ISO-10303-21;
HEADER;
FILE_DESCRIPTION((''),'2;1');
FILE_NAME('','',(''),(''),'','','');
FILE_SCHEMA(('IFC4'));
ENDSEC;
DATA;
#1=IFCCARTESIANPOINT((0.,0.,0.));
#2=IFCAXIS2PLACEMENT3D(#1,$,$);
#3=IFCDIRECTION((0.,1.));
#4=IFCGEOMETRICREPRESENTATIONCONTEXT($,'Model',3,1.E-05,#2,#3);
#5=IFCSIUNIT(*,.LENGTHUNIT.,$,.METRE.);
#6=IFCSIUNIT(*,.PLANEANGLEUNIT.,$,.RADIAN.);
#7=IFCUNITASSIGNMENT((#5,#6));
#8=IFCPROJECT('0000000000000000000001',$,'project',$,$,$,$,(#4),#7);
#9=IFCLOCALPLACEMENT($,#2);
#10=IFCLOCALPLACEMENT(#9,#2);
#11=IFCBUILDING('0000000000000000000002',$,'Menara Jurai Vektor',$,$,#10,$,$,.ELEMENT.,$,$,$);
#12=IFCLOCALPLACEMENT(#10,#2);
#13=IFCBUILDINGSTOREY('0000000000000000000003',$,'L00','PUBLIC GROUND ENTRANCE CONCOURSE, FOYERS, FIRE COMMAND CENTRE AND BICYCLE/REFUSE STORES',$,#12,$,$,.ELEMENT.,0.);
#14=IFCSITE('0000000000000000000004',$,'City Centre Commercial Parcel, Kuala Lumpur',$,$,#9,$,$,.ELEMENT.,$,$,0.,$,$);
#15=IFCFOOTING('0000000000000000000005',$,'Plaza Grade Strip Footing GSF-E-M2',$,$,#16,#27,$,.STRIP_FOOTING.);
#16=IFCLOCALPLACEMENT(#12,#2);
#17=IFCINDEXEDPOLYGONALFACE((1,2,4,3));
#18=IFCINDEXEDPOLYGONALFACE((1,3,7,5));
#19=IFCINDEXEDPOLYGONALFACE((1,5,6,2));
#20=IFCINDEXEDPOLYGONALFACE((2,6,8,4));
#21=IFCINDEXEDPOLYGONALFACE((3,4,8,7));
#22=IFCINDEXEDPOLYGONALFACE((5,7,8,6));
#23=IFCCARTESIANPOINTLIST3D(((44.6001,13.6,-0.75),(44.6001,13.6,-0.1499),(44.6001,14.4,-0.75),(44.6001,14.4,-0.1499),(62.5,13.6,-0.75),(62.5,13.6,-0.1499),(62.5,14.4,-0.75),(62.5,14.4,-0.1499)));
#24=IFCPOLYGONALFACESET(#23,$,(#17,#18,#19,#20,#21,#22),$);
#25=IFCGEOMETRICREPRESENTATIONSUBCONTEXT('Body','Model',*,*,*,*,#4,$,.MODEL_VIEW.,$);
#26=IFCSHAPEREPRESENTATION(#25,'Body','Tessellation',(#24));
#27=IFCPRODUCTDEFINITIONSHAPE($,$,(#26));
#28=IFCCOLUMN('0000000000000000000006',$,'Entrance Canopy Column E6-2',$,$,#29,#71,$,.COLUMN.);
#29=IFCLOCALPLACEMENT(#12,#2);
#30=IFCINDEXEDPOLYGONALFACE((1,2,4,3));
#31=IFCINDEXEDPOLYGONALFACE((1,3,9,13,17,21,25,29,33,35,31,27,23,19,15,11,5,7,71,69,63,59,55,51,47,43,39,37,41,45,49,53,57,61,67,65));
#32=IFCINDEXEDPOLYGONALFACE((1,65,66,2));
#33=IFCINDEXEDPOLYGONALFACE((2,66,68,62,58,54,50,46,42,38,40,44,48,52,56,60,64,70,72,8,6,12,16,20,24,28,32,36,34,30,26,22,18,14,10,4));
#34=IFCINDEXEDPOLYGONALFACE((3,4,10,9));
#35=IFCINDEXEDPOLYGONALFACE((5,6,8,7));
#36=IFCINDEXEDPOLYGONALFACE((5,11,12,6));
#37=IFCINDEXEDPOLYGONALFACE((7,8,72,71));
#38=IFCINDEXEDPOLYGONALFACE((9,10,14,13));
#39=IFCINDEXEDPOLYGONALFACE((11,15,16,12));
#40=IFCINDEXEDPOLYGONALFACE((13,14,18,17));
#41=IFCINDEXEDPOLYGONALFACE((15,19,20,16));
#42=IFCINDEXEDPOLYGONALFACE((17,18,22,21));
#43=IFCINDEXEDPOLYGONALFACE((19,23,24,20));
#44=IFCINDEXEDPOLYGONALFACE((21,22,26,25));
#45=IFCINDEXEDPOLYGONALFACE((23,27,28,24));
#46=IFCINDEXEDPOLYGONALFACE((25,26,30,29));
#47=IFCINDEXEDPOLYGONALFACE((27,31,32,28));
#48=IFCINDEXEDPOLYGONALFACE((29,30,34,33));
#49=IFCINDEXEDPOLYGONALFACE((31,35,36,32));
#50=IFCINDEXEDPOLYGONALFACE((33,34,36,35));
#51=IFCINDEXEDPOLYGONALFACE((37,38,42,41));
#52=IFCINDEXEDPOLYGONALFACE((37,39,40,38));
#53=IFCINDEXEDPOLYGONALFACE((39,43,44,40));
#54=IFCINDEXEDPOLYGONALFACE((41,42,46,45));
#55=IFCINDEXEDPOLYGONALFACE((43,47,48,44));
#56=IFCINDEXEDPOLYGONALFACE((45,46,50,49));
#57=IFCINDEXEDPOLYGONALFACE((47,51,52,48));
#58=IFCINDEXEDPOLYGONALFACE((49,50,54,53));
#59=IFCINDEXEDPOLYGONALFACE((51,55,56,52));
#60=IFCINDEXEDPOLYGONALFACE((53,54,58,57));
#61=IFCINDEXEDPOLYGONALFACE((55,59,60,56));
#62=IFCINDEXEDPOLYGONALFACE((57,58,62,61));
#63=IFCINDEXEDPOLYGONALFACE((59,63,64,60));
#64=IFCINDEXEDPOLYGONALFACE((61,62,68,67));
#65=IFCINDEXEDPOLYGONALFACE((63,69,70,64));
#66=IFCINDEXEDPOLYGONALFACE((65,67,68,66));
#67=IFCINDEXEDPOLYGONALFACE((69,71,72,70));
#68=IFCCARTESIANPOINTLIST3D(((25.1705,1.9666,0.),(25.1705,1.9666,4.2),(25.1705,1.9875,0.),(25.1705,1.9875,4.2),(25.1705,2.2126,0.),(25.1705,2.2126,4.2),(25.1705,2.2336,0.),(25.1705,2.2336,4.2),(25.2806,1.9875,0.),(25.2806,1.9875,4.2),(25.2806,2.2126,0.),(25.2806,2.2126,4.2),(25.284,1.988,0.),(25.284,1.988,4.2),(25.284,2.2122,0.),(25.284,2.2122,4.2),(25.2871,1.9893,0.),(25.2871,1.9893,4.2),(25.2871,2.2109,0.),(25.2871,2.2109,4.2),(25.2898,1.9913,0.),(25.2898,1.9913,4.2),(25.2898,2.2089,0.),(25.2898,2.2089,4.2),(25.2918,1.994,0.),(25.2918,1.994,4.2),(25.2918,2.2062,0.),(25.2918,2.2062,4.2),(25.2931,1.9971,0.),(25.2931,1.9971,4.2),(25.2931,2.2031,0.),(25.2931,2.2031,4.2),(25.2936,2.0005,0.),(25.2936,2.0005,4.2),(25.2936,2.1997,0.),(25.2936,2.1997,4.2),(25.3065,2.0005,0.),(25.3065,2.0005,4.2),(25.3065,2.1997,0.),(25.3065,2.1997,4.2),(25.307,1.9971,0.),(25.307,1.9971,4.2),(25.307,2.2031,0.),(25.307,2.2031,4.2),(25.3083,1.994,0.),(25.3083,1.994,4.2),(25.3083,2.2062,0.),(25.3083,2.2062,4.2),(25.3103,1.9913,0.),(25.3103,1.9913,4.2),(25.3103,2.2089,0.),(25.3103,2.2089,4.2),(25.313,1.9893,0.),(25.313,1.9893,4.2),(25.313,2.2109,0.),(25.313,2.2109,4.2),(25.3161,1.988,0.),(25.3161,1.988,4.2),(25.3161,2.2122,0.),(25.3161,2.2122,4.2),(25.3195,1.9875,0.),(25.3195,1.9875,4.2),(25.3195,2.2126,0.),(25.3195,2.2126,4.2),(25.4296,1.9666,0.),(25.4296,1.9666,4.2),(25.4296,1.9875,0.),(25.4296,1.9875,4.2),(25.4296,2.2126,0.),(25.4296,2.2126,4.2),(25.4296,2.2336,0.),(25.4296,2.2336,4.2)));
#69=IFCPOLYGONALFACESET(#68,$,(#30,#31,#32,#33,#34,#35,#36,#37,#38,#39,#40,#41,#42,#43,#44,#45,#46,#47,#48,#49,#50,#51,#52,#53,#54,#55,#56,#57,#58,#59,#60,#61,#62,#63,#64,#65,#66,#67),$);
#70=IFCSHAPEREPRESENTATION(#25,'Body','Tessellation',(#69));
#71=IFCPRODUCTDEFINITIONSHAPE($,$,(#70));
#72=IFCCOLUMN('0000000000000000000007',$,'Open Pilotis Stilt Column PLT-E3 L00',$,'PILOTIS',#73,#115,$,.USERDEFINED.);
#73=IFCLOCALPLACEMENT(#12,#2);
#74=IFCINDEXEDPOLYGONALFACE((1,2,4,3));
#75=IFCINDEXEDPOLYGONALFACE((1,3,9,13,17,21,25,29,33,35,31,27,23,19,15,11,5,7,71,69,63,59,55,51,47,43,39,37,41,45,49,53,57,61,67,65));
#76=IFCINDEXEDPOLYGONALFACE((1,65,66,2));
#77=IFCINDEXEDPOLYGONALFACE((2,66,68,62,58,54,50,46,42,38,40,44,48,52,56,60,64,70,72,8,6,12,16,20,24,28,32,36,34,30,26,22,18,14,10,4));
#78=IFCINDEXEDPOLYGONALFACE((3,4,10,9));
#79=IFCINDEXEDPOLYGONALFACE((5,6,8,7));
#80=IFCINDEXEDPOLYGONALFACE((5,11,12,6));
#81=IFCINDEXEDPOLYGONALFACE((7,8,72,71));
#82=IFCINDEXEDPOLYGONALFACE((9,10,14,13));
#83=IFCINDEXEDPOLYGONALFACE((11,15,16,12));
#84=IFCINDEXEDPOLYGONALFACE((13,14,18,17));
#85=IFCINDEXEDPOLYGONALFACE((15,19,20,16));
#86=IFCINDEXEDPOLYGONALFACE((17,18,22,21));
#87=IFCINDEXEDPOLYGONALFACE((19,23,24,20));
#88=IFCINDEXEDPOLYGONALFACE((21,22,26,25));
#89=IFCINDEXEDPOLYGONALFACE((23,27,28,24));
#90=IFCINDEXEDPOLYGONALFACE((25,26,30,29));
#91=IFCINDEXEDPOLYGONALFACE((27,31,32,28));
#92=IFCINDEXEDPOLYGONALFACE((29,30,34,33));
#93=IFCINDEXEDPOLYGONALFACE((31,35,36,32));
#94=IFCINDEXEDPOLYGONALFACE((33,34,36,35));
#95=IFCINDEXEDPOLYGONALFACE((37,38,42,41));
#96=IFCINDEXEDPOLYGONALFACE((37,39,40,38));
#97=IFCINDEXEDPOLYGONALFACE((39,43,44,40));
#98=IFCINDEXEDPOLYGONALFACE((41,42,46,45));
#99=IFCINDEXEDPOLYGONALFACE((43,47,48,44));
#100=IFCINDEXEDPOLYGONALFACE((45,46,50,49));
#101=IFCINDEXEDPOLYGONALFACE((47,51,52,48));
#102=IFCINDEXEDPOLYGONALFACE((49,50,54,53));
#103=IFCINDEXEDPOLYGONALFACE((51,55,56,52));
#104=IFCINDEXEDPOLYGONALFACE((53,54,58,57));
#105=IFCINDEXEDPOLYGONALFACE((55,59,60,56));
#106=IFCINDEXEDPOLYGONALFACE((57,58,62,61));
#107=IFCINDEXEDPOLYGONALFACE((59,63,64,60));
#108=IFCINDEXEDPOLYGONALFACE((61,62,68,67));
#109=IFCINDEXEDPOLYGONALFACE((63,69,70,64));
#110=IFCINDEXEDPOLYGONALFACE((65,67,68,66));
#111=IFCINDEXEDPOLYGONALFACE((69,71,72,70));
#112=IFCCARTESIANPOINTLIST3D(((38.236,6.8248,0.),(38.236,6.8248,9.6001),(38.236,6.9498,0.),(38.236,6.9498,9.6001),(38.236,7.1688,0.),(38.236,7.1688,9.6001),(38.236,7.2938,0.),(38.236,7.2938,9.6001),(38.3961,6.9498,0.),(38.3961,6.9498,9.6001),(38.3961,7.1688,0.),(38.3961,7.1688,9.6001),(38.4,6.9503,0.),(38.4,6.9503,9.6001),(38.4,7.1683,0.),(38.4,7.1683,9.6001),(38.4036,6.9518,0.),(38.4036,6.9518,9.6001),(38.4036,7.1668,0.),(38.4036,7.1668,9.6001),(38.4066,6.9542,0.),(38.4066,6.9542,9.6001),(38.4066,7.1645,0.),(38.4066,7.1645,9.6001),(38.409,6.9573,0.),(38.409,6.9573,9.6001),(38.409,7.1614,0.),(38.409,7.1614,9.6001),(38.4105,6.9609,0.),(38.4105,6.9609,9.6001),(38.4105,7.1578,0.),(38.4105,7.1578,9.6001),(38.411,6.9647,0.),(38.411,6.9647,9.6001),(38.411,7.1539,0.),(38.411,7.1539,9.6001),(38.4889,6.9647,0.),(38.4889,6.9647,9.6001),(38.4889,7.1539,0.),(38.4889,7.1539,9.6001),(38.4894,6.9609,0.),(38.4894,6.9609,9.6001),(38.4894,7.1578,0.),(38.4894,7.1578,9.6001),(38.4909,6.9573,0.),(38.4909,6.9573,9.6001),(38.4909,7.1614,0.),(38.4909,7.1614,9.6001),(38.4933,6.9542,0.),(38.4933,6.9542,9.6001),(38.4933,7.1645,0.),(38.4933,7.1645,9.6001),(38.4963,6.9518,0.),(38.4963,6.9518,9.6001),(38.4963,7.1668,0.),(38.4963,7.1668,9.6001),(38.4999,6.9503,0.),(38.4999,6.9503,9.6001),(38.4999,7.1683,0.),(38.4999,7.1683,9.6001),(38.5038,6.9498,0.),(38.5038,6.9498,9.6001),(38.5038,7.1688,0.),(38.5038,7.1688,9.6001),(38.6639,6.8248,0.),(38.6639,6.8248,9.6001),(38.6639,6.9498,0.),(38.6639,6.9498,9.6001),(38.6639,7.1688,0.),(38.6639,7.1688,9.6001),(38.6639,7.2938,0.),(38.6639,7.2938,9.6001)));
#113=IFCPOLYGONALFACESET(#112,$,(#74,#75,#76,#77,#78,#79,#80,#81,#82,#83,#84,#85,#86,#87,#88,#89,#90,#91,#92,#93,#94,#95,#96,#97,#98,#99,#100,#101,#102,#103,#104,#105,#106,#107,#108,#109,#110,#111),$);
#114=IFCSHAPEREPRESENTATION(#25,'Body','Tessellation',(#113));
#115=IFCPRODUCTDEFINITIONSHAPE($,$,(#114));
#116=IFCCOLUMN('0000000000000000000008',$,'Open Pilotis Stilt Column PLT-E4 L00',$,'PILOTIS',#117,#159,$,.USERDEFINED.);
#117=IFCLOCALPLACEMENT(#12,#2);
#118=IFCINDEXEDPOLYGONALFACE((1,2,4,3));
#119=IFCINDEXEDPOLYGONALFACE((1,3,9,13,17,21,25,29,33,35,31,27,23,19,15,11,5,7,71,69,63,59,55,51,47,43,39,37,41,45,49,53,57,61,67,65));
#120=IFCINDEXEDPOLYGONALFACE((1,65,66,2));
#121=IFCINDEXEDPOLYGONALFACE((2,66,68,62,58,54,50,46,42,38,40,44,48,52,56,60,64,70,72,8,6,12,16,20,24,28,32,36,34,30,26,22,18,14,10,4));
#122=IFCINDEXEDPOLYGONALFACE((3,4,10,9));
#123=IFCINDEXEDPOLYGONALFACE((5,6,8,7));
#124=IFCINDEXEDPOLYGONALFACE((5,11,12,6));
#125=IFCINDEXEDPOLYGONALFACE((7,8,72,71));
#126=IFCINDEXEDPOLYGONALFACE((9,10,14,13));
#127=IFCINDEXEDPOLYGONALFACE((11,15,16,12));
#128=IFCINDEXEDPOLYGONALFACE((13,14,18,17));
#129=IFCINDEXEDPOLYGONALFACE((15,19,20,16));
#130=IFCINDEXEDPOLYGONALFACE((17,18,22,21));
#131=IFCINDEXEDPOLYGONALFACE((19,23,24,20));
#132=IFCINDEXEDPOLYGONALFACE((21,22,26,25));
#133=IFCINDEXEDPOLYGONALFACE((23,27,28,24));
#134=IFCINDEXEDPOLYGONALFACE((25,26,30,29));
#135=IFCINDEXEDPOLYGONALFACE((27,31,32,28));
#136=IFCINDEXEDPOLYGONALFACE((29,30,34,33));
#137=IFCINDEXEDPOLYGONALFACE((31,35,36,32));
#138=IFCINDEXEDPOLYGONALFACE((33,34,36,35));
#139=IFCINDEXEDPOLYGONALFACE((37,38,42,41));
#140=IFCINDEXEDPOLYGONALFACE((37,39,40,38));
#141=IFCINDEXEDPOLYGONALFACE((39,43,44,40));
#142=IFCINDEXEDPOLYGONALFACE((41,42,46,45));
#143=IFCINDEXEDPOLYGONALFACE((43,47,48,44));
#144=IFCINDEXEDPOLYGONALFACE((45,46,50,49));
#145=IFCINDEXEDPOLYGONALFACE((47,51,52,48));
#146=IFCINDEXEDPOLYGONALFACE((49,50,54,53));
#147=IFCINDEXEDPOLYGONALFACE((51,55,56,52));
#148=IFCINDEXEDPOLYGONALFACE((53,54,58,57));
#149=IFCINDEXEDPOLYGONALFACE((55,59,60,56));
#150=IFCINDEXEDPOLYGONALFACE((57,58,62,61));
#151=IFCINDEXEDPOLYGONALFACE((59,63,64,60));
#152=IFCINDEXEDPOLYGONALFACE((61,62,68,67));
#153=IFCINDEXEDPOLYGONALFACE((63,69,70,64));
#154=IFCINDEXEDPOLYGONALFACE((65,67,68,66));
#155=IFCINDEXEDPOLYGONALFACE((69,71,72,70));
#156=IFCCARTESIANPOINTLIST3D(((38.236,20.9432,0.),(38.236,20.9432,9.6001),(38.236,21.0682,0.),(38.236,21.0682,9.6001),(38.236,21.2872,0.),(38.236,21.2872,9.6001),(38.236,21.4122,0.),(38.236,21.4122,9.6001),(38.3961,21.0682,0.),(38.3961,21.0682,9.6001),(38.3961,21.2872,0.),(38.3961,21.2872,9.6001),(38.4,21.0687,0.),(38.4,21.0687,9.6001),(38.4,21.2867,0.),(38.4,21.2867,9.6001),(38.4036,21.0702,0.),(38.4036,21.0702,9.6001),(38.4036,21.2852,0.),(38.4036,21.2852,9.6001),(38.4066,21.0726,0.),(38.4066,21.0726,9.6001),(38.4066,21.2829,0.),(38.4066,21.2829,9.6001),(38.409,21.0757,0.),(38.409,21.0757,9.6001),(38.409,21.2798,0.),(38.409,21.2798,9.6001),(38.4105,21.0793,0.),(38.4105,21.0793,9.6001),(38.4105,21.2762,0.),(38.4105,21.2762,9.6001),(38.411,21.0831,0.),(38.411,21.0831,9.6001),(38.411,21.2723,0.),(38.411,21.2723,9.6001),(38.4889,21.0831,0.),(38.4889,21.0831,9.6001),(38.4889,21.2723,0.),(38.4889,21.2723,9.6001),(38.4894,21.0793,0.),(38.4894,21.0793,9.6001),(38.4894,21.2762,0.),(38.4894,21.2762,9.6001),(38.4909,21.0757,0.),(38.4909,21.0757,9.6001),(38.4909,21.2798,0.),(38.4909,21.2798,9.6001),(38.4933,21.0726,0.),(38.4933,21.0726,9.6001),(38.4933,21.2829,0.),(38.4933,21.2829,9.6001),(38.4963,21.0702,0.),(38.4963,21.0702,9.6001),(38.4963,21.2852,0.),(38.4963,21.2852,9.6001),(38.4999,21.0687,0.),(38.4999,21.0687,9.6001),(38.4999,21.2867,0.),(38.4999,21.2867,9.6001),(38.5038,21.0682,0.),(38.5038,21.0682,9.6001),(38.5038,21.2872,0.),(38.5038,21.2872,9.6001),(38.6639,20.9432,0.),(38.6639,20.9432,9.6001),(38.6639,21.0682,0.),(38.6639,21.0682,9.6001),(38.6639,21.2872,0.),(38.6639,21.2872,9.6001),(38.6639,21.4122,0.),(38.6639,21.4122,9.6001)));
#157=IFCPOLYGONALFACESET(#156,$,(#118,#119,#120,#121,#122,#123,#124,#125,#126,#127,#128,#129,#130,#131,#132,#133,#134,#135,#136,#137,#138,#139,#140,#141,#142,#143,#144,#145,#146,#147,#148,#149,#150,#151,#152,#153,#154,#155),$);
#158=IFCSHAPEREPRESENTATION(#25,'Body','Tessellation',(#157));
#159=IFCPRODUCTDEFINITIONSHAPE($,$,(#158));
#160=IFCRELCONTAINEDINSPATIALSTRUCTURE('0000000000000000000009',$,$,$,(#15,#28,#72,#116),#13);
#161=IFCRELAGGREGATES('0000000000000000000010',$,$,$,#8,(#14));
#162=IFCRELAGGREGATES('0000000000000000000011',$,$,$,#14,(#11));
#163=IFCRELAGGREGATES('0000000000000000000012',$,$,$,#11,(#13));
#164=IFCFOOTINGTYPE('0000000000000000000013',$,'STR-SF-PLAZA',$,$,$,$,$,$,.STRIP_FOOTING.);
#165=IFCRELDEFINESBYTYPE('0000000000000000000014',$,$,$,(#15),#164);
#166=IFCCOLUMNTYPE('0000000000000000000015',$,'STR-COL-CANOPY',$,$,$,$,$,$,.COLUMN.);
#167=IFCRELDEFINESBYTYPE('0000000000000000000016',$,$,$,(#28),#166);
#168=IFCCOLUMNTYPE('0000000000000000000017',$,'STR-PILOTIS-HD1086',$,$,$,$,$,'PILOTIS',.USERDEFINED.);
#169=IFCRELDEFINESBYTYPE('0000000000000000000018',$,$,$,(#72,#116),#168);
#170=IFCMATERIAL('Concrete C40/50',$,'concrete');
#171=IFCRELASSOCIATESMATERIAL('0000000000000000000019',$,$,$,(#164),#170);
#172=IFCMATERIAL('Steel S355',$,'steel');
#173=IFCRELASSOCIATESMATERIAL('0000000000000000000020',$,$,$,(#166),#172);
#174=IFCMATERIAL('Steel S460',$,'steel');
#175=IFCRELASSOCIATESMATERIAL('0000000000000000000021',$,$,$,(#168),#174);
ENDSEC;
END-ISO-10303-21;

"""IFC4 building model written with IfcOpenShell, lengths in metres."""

from ifc_helpers import new_model, si_unit, direction, frame, origin, origin_2d, place, context, subcontext, project, spatial, rectangle, i_section, extrude, material, material_profile, profile_set, type_object, element, save


model = new_model("IFC4")

# Units and contexts
model_context = context("Model", 3, precision=1e-05, world=origin(), true_north=direction((0.0, 1.0)))
body_context = subcontext(model_context, "Body", "Model", "MODEL_VIEW")
ifc_project = project(units=[si_unit("LENGTHUNIT", "METRE"), si_unit("PLANEANGLEUNIT", "RADIAN")], contexts=[model_context])

# Site, building, storey
site_placement = place(None, origin())
site = spatial("IfcSite", under=ifc_project, at=site_placement, Name="City Centre Commercial Parcel, Kuala Lumpur", CompositionType="ELEMENT", RefElevation=0.0)
building_placement = place(site_placement, origin())
building = spatial("IfcBuilding", under=site, at=building_placement, Name="Menara Jurai Vektor", CompositionType="ELEMENT")
storey_placement = place(building_placement, origin())
storey = spatial("IfcBuildingStorey", under=building, at=storey_placement, Name="L00", Description="PUBLIC GROUND ENTRANCE CONCOURSE, FOYERS, FIRE COMMAND CENTRE AND BICYCLE/REFUSE STORES", CompositionType="ELEMENT", Elevation=0.0)

# Footing
ifc_material_1 = material(Name="Concrete C40/50", Category="concrete")
ifc_material_profile_1 = material_profile(ifc_material_1, rectangle(XDim=0.8, YDim=0.6001, at=origin_2d()), Name="RC 800x600")
ifc_profile_set_1 = profile_set([ifc_material_profile_1], Name="Concrete C40/50")
footing_type = type_object("IfcFootingType", Name="STR-SF-PLAZA", PredefinedType="STRIP_FOOTING", material=ifc_profile_set_1)
footing_placement = place(storey_placement, frame((44.6001, 14.0, -0.45), z_axis=(1.0, 0.0, 0.0), x_axis=(0.0, 1.0, 0.0)))
element("IfcFooting", 1, at=footing_placement, inside=storey, type_object=footing_type, Name="Plaza Grade Strip Footing GSF-E-M2", PredefinedType="STRIP_FOOTING", context=body_context, shape_type="SweptSolid", body=[
    extrude(rectangle(XDim=0.8, YDim=0.6001, at=origin_2d()), origin(), (0.0, 0.0, 1.0), 17.8999),
])

# Columns
ifc_material_2 = material(Name="Steel S355", Category="steel")
ifc_material_profile_2 = material_profile(ifc_material_2, i_section(OverallWidth=0.259, OverallDepth=0.2671, WebThickness=0.0129, FlangeThickness=0.021, FilletRadius=0.0129, at=origin_2d()), Name="UKC 254x254x107")
ifc_profile_set_2 = profile_set([ifc_material_profile_2], Name="Steel S355")
column_type_1 = type_object("IfcColumnType", Name="STR-COL-CANOPY", PredefinedType="COLUMN", material=ifc_profile_set_2)
column_placement = place(storey_placement, frame((25.3, 2.1001, 0.0), z_axis=(0.0, 0.0, 1.0), x_axis=(1.0, 0.0, 0.0)))
element("IfcColumn", 2, at=column_placement, inside=storey, type_object=column_type_1, Name="Entrance Canopy Column E6-2", PredefinedType="COLUMN", context=body_context, shape_type="SweptSolid", body=[
    extrude(i_section(OverallWidth=0.259, OverallDepth=0.2671, WebThickness=0.0129, FlangeThickness=0.021, FilletRadius=0.0129, at=origin_2d()), origin(), (0.0, 0.0, 1.0), 4.2),
])
ifc_material_3 = material(Name="Steel S460", Category="steel")
ifc_material_profile_3 = material_profile(ifc_material_3, i_section(OverallWidth=0.428, OverallDepth=0.469, WebThickness=0.0779, FlangeThickness=0.125, FilletRadius=0.0149, at=origin_2d()), Name="HD 400x1086")
ifc_profile_set_3 = profile_set([ifc_material_profile_3], Name="Steel S460")
column_type_2 = type_object("IfcColumnType", Name="STR-PILOTIS-HD1086", ElementType="PILOTIS", PredefinedType="USERDEFINED", material=ifc_profile_set_3)
for number, where, z_axis, x_axis, name in (
    (3, (38.45, 7.0593, 0.0), (0.0, 0.0, 1.0), (1.0, 0.0, 0.0), "Open Pilotis Stilt Column PLT-E3 L00"),
    (4, (38.45, 21.1777, 0.0), (0.0, 0.0, 1.0), (1.0, 0.0, 0.0), "Open Pilotis Stilt Column PLT-E4 L00"),
):
    element("IfcColumn", number, at=place(storey_placement, frame(where, z_axis=z_axis, x_axis=x_axis)), inside=storey, type_object=column_type_2, Name=name, ObjectType="PILOTIS", PredefinedType="USERDEFINED", context=body_context, shape_type="SweptSolid", body=[
        extrude(i_section(OverallWidth=0.428, OverallDepth=0.469, WebThickness=0.0779, FlangeThickness=0.125, FilletRadius=0.0149, at=origin_2d()), origin(), (0.0, 0.0, 1.0), 9.6001),
    ])

save(model, "model.ifc")
